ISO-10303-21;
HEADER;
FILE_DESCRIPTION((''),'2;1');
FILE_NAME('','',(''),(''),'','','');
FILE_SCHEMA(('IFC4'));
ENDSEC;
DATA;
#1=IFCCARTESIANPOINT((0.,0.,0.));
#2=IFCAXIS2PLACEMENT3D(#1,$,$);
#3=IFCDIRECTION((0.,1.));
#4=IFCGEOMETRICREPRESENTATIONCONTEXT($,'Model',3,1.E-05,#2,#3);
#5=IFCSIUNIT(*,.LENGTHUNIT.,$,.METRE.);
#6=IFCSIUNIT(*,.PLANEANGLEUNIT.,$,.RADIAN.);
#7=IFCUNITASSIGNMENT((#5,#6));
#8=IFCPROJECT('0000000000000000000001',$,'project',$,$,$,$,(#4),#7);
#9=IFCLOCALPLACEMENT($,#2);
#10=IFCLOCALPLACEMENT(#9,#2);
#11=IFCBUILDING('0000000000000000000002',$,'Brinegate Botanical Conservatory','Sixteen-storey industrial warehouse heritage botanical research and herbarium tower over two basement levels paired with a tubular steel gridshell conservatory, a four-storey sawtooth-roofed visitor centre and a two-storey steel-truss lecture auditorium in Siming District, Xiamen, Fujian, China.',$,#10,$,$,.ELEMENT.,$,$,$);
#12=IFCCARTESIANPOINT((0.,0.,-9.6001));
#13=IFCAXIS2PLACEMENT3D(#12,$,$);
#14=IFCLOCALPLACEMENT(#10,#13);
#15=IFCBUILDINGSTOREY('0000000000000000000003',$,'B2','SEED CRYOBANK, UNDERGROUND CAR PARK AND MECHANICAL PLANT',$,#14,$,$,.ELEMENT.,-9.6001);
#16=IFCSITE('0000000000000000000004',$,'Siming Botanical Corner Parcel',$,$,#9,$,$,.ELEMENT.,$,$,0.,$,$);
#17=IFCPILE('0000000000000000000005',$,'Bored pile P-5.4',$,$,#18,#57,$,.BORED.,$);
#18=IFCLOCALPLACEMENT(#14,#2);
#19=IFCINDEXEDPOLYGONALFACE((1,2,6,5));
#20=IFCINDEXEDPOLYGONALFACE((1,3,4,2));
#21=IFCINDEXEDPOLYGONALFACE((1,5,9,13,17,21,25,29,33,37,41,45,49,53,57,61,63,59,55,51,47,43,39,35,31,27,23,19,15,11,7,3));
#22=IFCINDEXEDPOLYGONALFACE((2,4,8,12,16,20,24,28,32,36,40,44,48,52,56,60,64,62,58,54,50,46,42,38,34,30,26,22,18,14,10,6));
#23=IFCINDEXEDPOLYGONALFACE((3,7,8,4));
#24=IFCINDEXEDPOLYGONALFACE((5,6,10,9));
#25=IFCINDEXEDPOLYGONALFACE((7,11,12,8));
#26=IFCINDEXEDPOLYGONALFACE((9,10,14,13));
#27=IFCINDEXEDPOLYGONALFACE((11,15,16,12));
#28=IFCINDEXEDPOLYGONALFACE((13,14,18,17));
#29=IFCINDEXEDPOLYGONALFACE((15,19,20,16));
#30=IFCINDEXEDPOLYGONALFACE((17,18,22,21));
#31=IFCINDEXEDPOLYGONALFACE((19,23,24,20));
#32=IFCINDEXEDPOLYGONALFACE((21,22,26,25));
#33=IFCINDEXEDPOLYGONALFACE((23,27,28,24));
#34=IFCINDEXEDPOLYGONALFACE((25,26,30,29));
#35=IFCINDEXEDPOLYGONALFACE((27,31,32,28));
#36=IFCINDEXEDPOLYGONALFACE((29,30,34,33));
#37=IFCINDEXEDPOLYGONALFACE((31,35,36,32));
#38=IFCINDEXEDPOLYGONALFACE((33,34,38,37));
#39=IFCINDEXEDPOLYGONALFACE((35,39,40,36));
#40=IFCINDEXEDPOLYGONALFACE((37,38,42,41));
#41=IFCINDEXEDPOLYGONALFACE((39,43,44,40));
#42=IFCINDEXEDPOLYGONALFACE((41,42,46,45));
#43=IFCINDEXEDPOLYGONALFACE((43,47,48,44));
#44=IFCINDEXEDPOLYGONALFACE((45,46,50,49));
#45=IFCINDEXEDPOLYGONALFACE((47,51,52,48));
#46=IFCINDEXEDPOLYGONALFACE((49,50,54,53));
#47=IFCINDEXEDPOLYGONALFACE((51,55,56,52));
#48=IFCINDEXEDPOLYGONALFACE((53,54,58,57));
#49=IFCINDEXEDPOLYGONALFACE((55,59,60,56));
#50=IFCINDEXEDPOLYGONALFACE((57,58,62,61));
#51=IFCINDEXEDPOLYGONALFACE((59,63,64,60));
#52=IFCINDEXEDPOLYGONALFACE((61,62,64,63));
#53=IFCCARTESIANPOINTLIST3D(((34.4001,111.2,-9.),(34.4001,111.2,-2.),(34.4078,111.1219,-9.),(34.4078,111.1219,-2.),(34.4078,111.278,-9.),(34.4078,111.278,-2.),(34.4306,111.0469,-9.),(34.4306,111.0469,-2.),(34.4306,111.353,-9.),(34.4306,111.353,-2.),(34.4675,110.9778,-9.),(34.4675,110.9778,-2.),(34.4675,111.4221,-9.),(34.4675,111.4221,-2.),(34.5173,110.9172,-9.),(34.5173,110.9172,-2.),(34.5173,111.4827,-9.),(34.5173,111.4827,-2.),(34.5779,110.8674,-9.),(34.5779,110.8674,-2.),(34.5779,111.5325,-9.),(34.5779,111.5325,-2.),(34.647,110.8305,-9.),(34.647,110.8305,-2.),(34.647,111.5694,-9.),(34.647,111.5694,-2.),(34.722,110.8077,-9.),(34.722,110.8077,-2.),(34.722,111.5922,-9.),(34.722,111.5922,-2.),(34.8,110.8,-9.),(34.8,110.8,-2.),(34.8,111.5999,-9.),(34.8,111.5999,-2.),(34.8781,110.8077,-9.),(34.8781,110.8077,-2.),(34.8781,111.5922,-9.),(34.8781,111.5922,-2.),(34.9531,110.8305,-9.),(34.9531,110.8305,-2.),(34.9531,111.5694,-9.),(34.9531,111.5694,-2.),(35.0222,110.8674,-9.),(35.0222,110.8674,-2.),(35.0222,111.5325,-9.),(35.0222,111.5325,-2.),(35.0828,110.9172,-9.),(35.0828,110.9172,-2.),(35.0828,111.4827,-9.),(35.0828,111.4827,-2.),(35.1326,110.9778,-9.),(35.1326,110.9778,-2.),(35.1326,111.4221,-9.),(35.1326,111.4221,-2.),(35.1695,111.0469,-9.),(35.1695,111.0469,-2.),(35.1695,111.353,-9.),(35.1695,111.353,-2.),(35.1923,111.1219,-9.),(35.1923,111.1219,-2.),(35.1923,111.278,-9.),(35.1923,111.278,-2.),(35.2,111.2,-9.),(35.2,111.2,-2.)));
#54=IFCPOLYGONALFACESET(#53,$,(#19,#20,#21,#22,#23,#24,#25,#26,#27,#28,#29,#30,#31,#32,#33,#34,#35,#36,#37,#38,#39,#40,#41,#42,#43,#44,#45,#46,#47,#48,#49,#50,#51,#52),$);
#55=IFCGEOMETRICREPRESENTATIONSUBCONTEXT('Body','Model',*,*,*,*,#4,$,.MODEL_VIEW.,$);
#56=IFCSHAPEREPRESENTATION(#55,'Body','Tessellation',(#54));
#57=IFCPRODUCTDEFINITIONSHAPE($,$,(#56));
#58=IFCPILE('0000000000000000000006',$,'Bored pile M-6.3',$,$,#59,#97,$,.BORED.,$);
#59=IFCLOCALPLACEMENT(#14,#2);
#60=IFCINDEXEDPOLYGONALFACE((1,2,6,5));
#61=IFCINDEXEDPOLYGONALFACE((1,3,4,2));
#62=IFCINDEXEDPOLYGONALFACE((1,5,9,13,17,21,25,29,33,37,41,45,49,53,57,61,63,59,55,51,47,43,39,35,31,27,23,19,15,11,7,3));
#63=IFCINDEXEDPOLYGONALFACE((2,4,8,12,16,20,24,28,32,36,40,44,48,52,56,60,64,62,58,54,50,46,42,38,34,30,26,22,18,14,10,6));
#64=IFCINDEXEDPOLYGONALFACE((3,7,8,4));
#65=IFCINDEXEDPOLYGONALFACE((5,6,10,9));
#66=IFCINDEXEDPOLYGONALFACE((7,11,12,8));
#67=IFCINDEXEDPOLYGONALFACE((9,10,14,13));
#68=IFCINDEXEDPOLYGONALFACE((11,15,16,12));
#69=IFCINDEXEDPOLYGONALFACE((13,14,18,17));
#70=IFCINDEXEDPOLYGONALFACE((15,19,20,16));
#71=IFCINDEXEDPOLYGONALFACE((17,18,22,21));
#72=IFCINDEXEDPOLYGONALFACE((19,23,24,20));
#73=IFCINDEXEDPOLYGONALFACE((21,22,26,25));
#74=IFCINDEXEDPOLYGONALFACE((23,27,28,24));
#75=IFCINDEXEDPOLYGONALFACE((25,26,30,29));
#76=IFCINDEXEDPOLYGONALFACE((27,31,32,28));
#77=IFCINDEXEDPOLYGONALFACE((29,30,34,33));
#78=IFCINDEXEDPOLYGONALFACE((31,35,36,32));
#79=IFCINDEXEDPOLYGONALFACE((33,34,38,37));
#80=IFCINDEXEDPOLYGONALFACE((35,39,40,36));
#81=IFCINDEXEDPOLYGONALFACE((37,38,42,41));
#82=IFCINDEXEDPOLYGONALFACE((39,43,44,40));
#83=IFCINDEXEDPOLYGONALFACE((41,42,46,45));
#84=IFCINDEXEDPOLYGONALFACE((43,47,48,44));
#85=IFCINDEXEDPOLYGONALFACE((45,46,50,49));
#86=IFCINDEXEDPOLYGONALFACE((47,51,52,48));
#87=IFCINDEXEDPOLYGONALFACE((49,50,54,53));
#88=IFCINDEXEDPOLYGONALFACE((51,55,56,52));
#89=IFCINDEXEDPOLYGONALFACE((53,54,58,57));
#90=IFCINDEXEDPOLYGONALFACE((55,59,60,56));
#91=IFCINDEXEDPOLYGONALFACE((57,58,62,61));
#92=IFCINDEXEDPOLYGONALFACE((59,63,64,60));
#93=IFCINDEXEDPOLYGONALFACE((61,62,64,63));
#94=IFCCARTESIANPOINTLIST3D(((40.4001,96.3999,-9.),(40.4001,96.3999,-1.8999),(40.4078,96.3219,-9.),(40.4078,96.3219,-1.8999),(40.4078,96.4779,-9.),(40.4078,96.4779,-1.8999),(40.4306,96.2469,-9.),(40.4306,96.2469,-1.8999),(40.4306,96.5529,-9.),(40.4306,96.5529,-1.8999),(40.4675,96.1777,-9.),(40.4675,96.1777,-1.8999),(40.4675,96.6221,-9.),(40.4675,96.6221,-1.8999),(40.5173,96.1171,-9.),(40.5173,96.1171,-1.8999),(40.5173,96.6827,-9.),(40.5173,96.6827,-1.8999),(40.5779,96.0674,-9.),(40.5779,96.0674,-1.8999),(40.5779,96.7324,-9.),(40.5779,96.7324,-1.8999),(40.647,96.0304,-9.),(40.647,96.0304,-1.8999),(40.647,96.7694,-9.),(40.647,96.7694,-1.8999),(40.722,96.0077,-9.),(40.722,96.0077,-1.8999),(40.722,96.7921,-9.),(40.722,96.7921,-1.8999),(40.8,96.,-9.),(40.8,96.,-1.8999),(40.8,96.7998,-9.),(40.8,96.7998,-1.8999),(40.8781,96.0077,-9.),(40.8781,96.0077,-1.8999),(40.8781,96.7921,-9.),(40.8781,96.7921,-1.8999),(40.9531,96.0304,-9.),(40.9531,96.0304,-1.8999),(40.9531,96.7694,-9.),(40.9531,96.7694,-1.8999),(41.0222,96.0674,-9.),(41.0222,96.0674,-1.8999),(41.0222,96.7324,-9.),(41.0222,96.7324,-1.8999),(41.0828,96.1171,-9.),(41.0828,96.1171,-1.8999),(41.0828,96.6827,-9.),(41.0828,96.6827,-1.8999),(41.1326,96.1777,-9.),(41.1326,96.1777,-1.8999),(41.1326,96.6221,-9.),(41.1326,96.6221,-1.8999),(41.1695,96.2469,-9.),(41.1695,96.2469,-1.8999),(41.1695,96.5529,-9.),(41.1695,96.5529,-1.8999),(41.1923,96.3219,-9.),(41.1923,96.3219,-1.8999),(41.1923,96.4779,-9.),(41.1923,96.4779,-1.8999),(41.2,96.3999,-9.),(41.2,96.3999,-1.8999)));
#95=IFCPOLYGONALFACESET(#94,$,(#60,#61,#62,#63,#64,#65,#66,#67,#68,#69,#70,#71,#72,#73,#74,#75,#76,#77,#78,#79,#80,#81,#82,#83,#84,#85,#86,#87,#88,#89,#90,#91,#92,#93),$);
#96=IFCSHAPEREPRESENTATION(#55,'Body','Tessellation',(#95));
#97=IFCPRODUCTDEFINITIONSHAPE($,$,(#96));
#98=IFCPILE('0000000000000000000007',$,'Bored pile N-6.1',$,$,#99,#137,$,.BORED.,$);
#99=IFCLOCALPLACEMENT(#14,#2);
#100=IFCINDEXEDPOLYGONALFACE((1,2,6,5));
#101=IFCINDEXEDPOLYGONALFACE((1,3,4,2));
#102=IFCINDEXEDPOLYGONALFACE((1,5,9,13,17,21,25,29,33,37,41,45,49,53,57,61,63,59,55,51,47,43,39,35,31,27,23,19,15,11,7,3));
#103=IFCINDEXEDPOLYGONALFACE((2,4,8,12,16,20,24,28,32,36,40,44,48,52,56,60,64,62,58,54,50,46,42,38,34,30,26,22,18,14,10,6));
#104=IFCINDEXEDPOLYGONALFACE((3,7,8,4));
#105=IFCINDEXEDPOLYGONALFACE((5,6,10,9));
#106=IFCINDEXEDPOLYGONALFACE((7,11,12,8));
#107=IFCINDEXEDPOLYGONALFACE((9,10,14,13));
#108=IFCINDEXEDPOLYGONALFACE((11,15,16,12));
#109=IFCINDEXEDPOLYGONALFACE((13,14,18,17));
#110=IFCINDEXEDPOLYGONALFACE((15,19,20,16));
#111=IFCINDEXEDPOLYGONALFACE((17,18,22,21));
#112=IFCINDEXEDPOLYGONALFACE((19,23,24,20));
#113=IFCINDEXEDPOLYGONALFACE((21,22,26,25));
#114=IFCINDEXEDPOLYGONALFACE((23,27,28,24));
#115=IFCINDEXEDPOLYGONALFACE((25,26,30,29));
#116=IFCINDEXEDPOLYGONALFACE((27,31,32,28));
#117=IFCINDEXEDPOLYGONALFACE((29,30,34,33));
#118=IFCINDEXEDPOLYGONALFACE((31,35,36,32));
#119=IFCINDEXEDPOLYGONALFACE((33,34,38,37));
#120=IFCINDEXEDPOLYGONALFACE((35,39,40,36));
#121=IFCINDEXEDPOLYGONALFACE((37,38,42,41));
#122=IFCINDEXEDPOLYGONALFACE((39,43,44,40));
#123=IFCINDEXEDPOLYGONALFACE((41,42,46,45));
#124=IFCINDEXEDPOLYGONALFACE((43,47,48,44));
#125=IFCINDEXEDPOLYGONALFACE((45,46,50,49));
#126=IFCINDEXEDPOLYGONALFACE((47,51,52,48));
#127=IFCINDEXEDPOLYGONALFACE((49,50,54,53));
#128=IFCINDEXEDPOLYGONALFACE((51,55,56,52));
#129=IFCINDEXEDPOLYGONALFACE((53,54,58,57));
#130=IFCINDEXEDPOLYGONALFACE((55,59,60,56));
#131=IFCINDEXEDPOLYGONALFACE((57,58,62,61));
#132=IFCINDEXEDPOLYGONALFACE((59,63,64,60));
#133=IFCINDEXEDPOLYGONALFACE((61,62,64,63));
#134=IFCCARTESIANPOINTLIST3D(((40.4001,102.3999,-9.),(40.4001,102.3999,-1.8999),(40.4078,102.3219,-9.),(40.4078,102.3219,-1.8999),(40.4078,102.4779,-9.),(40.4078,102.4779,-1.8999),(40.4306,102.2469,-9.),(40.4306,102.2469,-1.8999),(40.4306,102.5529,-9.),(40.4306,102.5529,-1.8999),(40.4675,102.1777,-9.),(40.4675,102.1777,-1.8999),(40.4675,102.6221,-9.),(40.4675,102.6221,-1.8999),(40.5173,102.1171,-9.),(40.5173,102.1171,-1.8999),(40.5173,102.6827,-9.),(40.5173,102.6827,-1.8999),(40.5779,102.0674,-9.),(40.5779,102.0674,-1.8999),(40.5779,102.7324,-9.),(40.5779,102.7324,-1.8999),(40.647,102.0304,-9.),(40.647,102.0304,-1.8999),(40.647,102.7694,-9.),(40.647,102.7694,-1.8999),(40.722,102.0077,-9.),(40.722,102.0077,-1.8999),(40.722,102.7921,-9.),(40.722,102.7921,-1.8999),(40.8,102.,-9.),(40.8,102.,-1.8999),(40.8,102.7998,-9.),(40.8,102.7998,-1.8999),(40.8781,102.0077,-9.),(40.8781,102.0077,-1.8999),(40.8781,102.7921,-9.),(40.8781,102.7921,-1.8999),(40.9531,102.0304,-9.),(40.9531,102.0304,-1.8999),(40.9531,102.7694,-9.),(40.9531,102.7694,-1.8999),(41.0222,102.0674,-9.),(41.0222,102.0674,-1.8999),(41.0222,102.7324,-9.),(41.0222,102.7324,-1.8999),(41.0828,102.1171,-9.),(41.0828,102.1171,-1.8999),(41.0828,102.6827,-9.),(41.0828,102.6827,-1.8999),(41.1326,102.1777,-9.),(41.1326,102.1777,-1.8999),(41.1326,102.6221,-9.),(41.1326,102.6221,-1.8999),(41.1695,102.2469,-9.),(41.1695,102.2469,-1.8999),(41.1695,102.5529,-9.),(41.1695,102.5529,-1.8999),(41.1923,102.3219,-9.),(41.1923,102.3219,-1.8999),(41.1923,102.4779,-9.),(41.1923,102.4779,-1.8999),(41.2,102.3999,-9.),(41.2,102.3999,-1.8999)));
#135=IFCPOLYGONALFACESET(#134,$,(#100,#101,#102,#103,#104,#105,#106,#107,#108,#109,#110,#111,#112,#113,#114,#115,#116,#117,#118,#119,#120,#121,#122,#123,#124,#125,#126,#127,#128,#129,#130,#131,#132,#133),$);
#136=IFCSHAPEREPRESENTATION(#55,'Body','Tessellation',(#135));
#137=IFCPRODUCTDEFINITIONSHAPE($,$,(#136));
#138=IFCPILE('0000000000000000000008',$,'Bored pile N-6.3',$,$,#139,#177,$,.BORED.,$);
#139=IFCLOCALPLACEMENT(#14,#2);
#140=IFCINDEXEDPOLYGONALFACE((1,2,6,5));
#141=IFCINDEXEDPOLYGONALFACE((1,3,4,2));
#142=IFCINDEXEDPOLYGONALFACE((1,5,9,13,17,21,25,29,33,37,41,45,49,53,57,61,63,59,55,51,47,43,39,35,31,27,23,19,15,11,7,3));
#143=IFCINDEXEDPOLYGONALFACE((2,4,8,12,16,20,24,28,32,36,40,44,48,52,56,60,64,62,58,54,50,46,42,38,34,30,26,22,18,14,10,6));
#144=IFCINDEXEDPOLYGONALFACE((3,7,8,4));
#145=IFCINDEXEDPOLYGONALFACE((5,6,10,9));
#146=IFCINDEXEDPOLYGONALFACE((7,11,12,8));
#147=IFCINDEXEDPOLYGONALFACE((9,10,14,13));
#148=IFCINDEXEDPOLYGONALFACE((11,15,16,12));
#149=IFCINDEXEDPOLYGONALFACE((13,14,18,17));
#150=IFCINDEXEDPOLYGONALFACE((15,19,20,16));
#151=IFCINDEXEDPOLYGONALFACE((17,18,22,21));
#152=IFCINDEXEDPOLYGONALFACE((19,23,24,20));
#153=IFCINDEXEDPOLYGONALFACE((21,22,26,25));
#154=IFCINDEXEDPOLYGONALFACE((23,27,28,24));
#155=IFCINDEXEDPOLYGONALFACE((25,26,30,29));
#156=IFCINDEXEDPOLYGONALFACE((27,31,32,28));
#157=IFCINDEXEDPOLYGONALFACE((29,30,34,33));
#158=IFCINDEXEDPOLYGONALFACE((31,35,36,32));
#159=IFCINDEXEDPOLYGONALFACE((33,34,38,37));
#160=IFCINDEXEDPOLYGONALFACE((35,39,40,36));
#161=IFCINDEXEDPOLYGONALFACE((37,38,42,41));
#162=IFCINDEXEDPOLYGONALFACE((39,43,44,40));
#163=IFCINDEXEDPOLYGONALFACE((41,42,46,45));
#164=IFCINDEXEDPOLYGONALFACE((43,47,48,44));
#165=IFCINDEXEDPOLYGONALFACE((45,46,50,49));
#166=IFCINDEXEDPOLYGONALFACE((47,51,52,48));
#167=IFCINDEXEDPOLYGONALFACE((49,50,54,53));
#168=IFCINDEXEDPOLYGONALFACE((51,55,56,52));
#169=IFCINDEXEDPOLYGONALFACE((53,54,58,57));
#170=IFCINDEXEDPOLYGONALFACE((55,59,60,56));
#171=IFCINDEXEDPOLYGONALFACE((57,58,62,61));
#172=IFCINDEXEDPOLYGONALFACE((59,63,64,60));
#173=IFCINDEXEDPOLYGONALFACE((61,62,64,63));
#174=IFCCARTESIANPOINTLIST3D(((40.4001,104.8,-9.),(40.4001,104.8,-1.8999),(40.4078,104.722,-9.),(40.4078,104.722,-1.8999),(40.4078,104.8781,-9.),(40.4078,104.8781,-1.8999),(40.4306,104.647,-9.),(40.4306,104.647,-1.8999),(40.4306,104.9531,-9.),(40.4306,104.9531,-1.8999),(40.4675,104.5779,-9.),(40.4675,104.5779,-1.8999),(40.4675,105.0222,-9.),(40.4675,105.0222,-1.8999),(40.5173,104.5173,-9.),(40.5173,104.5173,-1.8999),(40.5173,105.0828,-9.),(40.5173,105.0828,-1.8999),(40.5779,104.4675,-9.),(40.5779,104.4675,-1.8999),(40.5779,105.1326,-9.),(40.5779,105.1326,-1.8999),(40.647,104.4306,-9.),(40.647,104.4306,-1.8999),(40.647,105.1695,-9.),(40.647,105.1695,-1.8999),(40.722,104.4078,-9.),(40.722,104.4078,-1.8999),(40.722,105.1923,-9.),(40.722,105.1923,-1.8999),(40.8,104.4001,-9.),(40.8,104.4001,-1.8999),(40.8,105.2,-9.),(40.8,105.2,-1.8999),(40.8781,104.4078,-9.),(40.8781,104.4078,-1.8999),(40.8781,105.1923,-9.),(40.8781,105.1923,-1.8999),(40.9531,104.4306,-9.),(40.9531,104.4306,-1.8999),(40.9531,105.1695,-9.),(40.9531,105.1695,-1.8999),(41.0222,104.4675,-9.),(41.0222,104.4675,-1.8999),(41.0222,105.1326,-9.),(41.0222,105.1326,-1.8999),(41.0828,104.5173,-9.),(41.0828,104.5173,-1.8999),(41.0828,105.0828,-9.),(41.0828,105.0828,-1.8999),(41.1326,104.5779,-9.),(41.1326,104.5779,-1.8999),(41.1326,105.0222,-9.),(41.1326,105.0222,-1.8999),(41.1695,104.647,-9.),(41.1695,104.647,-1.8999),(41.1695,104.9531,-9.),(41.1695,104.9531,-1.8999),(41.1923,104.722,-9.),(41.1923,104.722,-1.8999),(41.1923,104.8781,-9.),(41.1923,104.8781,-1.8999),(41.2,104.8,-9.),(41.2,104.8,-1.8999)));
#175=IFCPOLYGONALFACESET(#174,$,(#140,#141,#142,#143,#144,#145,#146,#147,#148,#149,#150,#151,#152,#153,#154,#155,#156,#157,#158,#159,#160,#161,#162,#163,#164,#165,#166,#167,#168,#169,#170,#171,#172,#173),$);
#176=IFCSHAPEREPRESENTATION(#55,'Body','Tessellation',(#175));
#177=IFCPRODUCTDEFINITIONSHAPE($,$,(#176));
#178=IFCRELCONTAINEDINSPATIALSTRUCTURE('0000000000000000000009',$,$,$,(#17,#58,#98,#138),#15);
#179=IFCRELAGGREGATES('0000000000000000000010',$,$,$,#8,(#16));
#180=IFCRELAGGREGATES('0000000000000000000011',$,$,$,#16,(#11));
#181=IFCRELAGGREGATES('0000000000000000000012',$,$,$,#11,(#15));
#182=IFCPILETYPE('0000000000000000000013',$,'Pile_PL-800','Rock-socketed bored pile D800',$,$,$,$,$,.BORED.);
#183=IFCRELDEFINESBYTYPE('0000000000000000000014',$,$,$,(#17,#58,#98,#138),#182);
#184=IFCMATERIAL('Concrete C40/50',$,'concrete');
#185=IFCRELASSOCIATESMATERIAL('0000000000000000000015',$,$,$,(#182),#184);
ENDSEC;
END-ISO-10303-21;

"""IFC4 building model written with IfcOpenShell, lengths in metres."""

from ifc_helpers import new_model, si_unit, direction, frame, origin, origin_2d, place, context, subcontext, project, spatial, circle, extrude, material, material_profile, profile_set, type_object, element, save


model = new_model("IFC4")

# Units and contexts
model_context = context("Model", 3, precision=1e-05, world=origin(), true_north=direction((0.0, 1.0)))
body_context = subcontext(model_context, "Body", "Model", "MODEL_VIEW")
ifc_project = project(units=[si_unit("LENGTHUNIT", "METRE"), si_unit("PLANEANGLEUNIT", "RADIAN")], contexts=[model_context])

# Site, building, storey
site_placement = place(None, origin())
site = spatial("IfcSite", under=ifc_project, at=site_placement, Name="Siming Botanical Corner Parcel", CompositionType="ELEMENT", RefElevation=0.0)
building_placement = place(site_placement, origin())
building = spatial("IfcBuilding", under=site, at=building_placement, Name="Brinegate Botanical Conservatory", Description="Sixteen-storey industrial warehouse heritage botanical research and herbarium tower over two basement levels paired with a tubular steel gridshell conservatory, a four-storey sawtooth-roofed visitor centre and a two-storey steel-truss lecture auditorium in Siming District, Xiamen, Fujian, China.", CompositionType="ELEMENT")
storey_placement = place(building_placement, frame((0.0, 0.0, -9.6001)))
storey = spatial("IfcBuildingStorey", under=building, at=storey_placement, Name="B2", Description="SEED CRYOBANK, UNDERGROUND CAR PARK AND MECHANICAL PLANT", CompositionType="ELEMENT", Elevation=-9.6001)

# Shared definitions
ifc_material = material(Name="Concrete C40/50", Category="concrete")

# Piles
ifc_material_profile_1 = material_profile(ifc_material, circle(Radius=0.3999, at=origin_2d()), Name="PILE D800")
ifc_profile_set_1 = profile_set([ifc_material_profile_1], Name="Concrete C40/50")
pile_type = type_object("IfcPileType", Name="Pile_PL-800", Description="Rock-socketed bored pile D800", PredefinedType="BORED", material=ifc_profile_set_1)
for number, where, z_axis, x_axis, name in (
    (1, (34.8, 111.2, -2.0), (0.0, 0.0, -1.0), (1.0, 0.0, 0.0), "Bored pile P-5.4"),
):
    element("IfcPile", number, at=place(storey_placement, frame(where, z_axis=z_axis, x_axis=x_axis)), inside=storey, type_object=pile_type, Name=name, PredefinedType="BORED", context=body_context, shape_type="SweptSolid", body=[
        extrude(circle(Radius=0.3999, at=origin_2d()), origin(), (0.0, 0.0, 1.0), 7.0),
    ])
for number, where, z_axis, x_axis, name in (
    (2, (40.8, 96.3999, -1.8999), (0.0, 0.0, -1.0), (1.0, 0.0, 0.0), "Bored pile M-6.3"),
    (3, (40.8, 102.3999, -1.8999), (0.0, 0.0, -1.0), (1.0, 0.0, 0.0), "Bored pile N-6.1"),
    (4, (40.8, 104.8, -1.8999), (0.0, 0.0, -1.0), (1.0, 0.0, 0.0), "Bored pile N-6.3"),
):
    element("IfcPile", number, at=place(storey_placement, frame(where, z_axis=z_axis, x_axis=x_axis)), inside=storey, type_object=pile_type, Name=name, PredefinedType="BORED", context=body_context, shape_type="SweptSolid", body=[
        extrude(circle(Radius=0.3999, at=origin_2d()), origin(), (0.0, 0.0, 1.0), 7.1001),
    ])

save(model, "model.ifc")
